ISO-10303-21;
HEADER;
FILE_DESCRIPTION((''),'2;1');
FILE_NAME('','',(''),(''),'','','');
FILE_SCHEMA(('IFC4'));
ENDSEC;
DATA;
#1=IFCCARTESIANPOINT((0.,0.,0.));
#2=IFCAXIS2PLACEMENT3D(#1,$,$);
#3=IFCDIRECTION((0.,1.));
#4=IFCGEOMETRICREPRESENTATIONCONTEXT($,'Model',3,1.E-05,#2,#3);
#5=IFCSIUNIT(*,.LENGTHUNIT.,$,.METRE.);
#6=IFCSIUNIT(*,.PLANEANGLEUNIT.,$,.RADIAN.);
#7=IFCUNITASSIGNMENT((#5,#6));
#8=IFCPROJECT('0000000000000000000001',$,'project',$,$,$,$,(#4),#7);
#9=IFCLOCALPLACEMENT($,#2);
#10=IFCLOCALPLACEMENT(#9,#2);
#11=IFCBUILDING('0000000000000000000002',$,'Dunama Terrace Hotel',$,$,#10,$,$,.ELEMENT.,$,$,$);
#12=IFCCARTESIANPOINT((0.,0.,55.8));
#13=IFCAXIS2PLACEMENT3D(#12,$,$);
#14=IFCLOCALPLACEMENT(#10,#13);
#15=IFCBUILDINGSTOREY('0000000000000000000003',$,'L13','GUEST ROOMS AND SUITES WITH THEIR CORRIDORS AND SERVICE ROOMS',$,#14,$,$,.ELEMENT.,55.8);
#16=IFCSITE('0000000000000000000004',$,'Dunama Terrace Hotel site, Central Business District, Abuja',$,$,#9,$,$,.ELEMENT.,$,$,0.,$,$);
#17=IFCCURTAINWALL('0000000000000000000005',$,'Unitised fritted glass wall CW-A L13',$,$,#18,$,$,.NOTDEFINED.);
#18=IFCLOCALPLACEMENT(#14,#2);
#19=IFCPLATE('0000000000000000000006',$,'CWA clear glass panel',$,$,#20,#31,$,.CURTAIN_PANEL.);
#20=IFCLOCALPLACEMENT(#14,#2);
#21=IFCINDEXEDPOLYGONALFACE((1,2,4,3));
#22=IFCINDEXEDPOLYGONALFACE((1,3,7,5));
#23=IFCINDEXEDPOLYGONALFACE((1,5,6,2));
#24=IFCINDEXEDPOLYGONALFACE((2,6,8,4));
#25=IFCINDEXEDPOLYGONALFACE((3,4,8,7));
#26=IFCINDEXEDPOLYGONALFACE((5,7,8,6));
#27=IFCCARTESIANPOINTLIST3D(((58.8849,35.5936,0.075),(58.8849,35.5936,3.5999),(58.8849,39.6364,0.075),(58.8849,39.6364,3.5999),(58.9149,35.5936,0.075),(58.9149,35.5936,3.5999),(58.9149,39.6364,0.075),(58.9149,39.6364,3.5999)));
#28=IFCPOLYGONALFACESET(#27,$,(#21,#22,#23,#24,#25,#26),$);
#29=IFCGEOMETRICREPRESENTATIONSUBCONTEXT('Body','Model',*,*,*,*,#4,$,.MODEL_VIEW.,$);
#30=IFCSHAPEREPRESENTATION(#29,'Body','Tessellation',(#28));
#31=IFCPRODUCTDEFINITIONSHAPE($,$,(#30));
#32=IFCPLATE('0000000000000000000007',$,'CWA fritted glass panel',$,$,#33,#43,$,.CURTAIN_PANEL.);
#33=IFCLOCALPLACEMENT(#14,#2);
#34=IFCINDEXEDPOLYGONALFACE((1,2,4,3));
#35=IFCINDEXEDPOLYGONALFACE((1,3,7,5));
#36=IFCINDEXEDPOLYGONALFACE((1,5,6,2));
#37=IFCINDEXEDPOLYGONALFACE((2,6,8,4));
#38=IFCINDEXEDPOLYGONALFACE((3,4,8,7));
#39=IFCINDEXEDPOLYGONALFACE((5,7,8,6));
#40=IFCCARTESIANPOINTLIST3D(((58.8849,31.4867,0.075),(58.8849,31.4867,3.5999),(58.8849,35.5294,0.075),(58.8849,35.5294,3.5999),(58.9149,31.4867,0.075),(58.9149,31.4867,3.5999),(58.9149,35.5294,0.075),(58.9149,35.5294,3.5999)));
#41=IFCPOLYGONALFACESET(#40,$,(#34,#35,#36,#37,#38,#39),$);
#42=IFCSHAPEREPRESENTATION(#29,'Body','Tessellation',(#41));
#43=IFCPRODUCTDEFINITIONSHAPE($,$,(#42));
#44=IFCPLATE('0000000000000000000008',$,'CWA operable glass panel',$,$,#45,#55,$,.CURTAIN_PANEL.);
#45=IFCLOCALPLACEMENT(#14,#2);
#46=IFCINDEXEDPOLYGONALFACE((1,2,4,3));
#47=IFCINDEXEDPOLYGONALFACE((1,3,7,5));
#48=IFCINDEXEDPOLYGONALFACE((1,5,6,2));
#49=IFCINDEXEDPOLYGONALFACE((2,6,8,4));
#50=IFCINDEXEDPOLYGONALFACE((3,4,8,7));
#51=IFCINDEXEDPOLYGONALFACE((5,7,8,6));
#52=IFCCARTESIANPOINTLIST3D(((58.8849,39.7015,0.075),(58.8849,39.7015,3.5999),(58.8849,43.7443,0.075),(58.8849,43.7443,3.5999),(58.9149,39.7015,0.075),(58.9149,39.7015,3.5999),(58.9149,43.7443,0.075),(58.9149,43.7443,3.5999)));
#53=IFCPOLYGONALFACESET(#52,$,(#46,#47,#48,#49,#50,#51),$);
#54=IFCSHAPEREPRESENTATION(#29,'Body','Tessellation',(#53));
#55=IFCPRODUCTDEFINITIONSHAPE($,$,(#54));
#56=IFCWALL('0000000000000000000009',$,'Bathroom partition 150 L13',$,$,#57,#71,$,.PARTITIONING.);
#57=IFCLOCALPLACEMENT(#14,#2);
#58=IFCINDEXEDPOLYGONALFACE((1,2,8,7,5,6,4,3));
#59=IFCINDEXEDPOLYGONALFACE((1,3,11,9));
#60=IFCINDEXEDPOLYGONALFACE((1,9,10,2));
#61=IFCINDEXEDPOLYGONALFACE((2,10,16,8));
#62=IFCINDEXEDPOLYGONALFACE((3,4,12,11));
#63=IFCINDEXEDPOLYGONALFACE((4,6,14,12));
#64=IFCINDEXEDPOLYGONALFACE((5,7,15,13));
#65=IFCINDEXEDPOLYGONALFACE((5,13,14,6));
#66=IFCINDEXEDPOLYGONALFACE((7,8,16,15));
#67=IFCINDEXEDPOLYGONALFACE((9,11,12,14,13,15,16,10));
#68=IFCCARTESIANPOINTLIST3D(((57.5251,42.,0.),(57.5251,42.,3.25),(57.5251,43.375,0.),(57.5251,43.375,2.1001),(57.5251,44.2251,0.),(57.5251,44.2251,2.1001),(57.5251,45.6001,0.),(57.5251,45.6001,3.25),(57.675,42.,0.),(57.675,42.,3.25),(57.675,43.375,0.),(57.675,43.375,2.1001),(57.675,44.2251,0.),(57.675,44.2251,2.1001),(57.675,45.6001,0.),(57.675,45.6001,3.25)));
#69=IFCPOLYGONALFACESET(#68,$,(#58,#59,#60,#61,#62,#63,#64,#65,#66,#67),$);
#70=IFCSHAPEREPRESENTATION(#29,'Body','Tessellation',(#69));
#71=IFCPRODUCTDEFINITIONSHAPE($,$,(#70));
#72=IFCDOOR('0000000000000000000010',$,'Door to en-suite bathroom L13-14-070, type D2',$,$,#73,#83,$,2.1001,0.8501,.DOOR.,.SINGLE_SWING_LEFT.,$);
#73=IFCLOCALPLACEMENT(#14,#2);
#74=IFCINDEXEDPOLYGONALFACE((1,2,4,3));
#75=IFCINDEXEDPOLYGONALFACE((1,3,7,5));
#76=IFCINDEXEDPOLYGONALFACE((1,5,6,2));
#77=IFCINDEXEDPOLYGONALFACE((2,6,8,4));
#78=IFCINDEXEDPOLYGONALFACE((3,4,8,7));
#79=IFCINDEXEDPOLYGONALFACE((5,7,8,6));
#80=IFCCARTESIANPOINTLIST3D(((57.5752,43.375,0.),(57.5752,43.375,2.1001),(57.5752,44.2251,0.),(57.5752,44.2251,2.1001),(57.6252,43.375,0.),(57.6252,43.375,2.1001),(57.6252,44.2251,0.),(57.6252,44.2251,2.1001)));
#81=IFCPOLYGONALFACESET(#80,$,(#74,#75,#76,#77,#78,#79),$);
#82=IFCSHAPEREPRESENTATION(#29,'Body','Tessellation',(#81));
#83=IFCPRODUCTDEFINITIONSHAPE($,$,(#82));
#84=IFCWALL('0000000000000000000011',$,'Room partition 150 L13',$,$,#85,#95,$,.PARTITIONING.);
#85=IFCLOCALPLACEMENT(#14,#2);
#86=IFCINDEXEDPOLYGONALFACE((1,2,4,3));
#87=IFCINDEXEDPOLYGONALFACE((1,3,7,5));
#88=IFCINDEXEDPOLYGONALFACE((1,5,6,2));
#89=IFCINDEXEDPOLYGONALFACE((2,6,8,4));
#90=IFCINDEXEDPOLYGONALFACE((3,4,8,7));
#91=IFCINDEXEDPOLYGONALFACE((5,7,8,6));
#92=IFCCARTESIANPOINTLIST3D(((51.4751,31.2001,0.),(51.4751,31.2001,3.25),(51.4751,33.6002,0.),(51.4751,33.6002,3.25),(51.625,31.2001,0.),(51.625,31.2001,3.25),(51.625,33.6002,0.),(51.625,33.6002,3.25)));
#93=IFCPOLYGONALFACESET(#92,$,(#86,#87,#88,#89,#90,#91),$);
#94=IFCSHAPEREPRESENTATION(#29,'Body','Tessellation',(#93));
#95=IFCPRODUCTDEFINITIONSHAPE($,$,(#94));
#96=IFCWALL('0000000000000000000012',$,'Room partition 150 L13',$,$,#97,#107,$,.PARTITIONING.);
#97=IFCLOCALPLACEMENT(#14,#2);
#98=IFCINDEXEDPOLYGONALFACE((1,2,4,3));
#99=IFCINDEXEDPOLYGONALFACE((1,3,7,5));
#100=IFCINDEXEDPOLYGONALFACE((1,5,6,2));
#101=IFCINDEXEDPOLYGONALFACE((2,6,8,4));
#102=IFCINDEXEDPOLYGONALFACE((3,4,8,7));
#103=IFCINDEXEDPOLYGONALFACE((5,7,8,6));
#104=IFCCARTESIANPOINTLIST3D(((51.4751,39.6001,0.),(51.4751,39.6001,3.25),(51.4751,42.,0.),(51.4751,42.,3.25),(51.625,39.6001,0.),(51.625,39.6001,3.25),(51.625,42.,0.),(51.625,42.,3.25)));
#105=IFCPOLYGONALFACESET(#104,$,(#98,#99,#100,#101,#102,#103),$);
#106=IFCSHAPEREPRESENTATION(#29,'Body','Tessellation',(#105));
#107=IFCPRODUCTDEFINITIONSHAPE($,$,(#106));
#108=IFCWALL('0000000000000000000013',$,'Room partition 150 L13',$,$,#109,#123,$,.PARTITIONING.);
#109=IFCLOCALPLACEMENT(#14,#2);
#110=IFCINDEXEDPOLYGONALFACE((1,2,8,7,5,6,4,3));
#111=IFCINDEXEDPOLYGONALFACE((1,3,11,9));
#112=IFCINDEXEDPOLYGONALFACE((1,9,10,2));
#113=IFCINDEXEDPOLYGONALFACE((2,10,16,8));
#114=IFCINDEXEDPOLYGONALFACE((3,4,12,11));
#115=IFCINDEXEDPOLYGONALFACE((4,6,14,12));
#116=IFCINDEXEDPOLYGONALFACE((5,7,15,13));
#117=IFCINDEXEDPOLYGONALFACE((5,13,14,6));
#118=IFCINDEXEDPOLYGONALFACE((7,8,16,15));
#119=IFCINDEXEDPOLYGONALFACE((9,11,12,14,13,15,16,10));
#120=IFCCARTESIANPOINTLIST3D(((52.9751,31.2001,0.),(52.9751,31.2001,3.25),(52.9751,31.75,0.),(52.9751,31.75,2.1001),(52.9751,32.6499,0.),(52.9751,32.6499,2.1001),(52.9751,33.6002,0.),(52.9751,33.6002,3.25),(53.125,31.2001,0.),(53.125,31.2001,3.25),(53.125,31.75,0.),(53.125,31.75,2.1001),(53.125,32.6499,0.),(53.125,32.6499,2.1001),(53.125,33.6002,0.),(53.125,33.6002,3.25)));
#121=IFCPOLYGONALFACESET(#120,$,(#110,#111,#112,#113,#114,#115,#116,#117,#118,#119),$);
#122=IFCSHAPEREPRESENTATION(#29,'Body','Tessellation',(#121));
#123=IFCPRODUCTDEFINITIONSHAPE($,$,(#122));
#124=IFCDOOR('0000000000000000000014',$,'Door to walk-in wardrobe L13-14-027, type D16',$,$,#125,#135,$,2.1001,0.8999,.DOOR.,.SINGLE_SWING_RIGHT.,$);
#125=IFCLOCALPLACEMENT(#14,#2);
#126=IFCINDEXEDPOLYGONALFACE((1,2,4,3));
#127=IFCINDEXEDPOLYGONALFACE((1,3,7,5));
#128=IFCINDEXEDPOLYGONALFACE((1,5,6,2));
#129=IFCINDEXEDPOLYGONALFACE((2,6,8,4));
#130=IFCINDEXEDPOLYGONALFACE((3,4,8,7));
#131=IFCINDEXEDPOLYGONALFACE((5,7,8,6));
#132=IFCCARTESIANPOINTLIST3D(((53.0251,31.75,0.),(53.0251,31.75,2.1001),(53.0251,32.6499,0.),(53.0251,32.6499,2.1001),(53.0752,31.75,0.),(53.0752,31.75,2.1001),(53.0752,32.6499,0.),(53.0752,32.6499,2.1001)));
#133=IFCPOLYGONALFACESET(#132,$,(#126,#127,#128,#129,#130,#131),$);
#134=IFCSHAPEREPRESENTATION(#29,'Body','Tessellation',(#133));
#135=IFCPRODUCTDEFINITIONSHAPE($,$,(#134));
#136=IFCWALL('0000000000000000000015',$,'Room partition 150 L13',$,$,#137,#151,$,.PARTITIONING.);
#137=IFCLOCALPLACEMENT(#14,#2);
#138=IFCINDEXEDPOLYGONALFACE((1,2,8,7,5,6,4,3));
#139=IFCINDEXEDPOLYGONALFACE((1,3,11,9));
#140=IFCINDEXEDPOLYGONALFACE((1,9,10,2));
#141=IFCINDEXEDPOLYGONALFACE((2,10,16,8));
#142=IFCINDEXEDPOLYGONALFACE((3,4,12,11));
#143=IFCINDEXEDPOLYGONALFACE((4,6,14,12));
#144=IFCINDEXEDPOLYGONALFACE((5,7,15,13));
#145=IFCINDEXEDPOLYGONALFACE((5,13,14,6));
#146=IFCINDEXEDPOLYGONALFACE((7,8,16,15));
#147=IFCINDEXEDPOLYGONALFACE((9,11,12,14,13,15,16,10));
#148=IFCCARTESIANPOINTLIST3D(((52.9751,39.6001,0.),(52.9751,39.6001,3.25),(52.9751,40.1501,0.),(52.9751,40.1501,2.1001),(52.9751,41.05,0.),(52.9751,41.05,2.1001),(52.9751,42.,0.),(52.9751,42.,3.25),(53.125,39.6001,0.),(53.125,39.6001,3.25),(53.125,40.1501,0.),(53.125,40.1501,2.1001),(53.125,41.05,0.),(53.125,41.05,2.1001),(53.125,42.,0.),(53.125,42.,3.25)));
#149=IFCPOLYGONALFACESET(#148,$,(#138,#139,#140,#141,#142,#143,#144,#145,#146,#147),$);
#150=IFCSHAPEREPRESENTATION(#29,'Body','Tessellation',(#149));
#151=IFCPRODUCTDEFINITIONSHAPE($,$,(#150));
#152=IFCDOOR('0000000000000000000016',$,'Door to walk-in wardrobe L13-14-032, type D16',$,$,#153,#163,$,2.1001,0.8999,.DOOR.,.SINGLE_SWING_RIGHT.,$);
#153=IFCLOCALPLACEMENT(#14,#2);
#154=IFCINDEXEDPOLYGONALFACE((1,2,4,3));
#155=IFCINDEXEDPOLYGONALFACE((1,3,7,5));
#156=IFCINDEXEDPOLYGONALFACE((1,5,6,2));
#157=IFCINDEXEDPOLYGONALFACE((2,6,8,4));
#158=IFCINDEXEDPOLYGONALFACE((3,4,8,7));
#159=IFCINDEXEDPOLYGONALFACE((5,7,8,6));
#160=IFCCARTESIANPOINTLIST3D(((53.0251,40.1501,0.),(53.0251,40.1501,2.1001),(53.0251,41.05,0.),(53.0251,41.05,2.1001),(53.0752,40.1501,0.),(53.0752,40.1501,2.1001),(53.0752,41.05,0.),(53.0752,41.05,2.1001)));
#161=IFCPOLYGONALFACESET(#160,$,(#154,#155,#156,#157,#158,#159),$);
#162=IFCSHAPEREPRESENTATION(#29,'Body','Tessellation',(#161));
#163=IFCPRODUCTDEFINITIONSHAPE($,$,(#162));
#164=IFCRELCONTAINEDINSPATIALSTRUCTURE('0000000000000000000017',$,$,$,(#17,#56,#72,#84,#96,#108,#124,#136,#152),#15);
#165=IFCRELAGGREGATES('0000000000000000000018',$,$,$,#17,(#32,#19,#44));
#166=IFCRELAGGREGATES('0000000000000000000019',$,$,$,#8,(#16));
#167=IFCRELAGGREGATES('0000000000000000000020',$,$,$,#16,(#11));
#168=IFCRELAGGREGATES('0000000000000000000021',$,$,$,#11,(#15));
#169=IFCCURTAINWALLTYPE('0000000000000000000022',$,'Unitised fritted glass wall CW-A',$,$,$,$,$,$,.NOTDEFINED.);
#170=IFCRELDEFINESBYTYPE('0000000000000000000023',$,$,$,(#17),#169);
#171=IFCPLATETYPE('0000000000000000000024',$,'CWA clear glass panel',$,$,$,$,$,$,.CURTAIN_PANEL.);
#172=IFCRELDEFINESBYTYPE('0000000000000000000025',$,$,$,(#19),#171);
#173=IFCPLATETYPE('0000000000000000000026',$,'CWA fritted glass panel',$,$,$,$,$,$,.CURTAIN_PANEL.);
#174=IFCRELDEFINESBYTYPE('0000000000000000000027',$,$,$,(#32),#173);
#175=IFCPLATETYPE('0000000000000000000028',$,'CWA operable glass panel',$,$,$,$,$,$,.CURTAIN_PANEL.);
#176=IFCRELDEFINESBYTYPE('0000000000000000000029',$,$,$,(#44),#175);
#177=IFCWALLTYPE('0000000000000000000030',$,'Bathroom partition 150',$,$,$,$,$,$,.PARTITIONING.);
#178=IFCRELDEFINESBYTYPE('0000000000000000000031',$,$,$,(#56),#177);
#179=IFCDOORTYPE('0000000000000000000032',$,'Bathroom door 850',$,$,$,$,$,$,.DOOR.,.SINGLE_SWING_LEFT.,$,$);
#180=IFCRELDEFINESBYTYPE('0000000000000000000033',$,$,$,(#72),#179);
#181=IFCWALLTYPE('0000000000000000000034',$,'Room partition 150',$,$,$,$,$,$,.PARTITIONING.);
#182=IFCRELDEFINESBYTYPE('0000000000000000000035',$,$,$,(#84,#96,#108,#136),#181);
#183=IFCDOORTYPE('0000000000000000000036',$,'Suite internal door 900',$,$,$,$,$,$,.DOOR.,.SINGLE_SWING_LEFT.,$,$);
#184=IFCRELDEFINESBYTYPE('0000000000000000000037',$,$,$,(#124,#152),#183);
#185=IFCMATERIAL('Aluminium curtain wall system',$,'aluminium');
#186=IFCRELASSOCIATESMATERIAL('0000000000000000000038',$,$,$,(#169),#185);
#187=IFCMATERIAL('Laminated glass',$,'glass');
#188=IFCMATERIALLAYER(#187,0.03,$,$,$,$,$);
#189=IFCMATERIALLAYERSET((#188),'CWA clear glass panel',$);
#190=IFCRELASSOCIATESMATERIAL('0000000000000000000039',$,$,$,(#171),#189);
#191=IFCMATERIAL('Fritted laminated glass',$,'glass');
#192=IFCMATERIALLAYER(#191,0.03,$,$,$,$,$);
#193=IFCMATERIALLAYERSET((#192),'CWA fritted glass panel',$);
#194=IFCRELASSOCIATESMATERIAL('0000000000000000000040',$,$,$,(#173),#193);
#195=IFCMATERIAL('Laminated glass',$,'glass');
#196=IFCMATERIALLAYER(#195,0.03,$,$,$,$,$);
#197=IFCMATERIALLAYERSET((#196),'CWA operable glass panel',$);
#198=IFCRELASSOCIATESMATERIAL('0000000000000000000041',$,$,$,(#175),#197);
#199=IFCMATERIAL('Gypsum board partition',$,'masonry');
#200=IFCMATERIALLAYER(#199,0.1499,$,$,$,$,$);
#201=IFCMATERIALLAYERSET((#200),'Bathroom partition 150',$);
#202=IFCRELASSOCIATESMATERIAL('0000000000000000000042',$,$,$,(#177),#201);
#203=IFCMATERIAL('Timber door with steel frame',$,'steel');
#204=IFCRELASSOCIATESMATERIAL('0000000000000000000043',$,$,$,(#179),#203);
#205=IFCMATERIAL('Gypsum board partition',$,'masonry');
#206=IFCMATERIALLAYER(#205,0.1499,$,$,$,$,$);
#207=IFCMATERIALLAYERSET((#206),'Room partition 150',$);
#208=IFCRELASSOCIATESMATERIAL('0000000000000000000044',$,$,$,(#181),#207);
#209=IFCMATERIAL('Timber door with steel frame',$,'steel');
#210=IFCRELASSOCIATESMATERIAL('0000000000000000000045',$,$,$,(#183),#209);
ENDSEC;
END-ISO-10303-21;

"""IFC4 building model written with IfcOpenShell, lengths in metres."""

from ifc_helpers import new_model, si_unit, direction, frame, frame_2d, origin, origin_2d, place, context, subcontext, project, spatial, rectangle, extrude, material, layer, layer_set, type_object, element, fill, aggregate, save


model = new_model("IFC4")

# Units and contexts
model_context = context("Model", 3, precision=1e-05, world=origin(), true_north=direction((0.0, 1.0)))
body_context = subcontext(model_context, "Body", "Model", "MODEL_VIEW")
ifc_project = project(units=[si_unit("LENGTHUNIT", "METRE"), si_unit("PLANEANGLEUNIT", "RADIAN")], contexts=[model_context])

# Site, building, storey
site_placement = place(None, origin())
site = spatial("IfcSite", under=ifc_project, at=site_placement, Name="Dunama Terrace Hotel site, Central Business District, Abuja", CompositionType="ELEMENT", RefElevation=0.0)
building_placement = place(site_placement, origin())
building = spatial("IfcBuilding", under=site, at=building_placement, Name="Dunama Terrace Hotel", CompositionType="ELEMENT")
storey_placement = place(building_placement, frame((0.0, 0.0, 55.8)))
storey = spatial("IfcBuildingStorey", under=building, at=storey_placement, Name="L13", Description="GUEST ROOMS AND SUITES WITH THEIR CORRIDORS AND SERVICE ROOMS", CompositionType="ELEMENT", Elevation=55.8)

# Curtain wall
ifc_material_1 = material(Name="Aluminium curtain wall system", Category="aluminium")
curtain_wall_type = type_object("IfcCurtainWallType", Name="Unitised fritted glass wall CW-A", PredefinedType="NOTDEFINED", material=ifc_material_1)
curtain_wall_placement = place(storey_placement, origin())
curtain_wall = element("IfcCurtainWall", 1, at=curtain_wall_placement, inside=storey, type_object=curtain_wall_type, Name="Unitised fritted glass wall CW-A L13", PredefinedType="NOTDEFINED")

# Plates
ifc_material_2 = material(Name="Laminated glass", Category="glass")
ifc_layer_1 = layer(ifc_material_2, 0.03)
ifc_layer_set_1 = layer_set([ifc_layer_1], Name="CWA clear glass panel")
plate_type_1 = type_object("IfcPlateType", Name="CWA clear glass panel", PredefinedType="CURTAIN_PANEL", material=ifc_layer_set_1)
plate_1_placement = place(storey_placement, frame((58.8999, 37.615, 0.075), z_axis=(0.0, 0.0, 1.0), x_axis=(0.0, 1.0, 0.0)))
plate_1 = element("IfcPlate", 2, at=plate_1_placement, type_object=plate_type_1, Name="CWA clear glass panel", PredefinedType="CURTAIN_PANEL", context=body_context, shape_type="SweptSolid", body=[
    extrude(rectangle(XDim=4.0427, YDim=0.03, at=origin_2d()), origin(), (0.0, 0.0, 1.0), 3.5249),
])
ifc_material_3 = material(Name="Fritted laminated glass", Category="glass")
ifc_layer_2 = layer(ifc_material_3, 0.03)
ifc_layer_set_2 = layer_set([ifc_layer_2], Name="CWA fritted glass panel")
plate_type_2 = type_object("IfcPlateType", Name="CWA fritted glass panel", PredefinedType="CURTAIN_PANEL", material=ifc_layer_set_2)
plate_2_placement = place(storey_placement, frame((58.8999, 33.5081, 0.075), z_axis=(0.0, 0.0, 1.0), x_axis=(0.0, 1.0, 0.0)))
plate_2 = element("IfcPlate", 3, at=plate_2_placement, type_object=plate_type_2, Name="CWA fritted glass panel", PredefinedType="CURTAIN_PANEL", context=body_context, shape_type="SweptSolid", body=[
    extrude(rectangle(XDim=4.0427, YDim=0.03, at=origin_2d()), origin(), (0.0, 0.0, 1.0), 3.5249),
])
ifc_material_4 = material(Name="Laminated glass", Category="glass")
ifc_layer_3 = layer(ifc_material_4, 0.03)
ifc_layer_set_3 = layer_set([ifc_layer_3], Name="CWA operable glass panel")
plate_type_3 = type_object("IfcPlateType", Name="CWA operable glass panel", PredefinedType="CURTAIN_PANEL", material=ifc_layer_set_3)
plate_3_placement = place(storey_placement, frame((58.8999, 41.7229, 0.075), z_axis=(0.0, 0.0, 1.0), x_axis=(0.0, 1.0, 0.0)))
plate_3 = element("IfcPlate", 4, at=plate_3_placement, type_object=plate_type_3, Name="CWA operable glass panel", PredefinedType="CURTAIN_PANEL", context=body_context, shape_type="SweptSolid", body=[
    extrude(rectangle(XDim=4.0427, YDim=0.03, at=origin_2d()), origin(), (0.0, 0.0, 1.0), 3.5249),
])
aggregate(curtain_wall, [plate_2, plate_1, plate_3])

# Wall, opening, door
ifc_material_5 = material(Name="Gypsum board partition", Category="masonry")
ifc_layer_4 = layer(ifc_material_5, 0.1499)
ifc_layer_set_4 = layer_set([ifc_layer_4], Name="Bathroom partition 150")
wall_type_1 = type_object("IfcWallType", Name="Bathroom partition 150", PredefinedType="PARTITIONING", material=ifc_layer_set_4)
wall_1_placement = place(storey_placement, frame((57.6001, 42.0, 0.0), z_axis=(0.0, 0.0, 1.0), x_axis=(0.0, 1.0, 0.0)))
wall_1 = element("IfcWall", 5, at=wall_1_placement, inside=storey, type_object=wall_type_1, Name="Bathroom partition 150 L13", PredefinedType="PARTITIONING", context=body_context, shape_type="SweptSolid", body=[
    extrude(rectangle(XDim=3.6001, YDim=0.1499, at=frame_2d((1.8, 0.0))), origin(), (0.0, 0.0, 1.0), 3.25),
])
opening_1_placement = place(wall_1_placement, frame((1.375, 0.0, 0.0)))
opening_1 = element("IfcOpeningElement", 6, at=opening_1_placement, cuts=wall_1, PredefinedType="OPENING", context=body_context, shape_type="SweptSolid", body=[
    extrude(rectangle(XDim=0.8501, YDim=2.1001, at=frame_2d((0.425, 1.05))), frame((0.0, 0.085, 0.0), z_axis=(0.0, -1.0, 0.0), x_axis=(1.0, 0.0, 0.0)), (0.0, 0.0, 1.0), 0.1699),
])
ifc_material_6 = material(Name="Timber door with steel frame", Category="steel")
door_type_1 = type_object("IfcDoorType", Name="Bathroom door 850", OperationType="SINGLE_SWING_LEFT", PredefinedType="DOOR", material=ifc_material_6)
door_1_placement = place(opening_1_placement, origin())
door_1 = element("IfcDoor", 7, at=door_1_placement, inside=storey, type_object=door_type_1, Name="Door to en-suite bathroom L13-14-070, type D2", OperationType="SINGLE_SWING_LEFT", OverallHeight=2.1001, OverallWidth=0.8501, PredefinedType="DOOR", context=body_context, shape_type="SweptSolid", body=[
    extrude(rectangle(XDim=0.8501, YDim=2.1001, at=frame_2d((0.425, 1.05))), frame((0.0, 0.0249, 0.0), z_axis=(0.0, -1.0, 0.0), x_axis=(1.0, 0.0, 0.0)), (0.0, 0.0, 1.0), 0.05),
])
fill(opening_1, door_1)

# Walls
ifc_material_7 = material(Name="Gypsum board partition", Category="masonry")
ifc_layer_5 = layer(ifc_material_7, 0.1499)
ifc_layer_set_5 = layer_set([ifc_layer_5], Name="Room partition 150")
wall_type_2 = type_object("IfcWallType", Name="Room partition 150", PredefinedType="PARTITIONING", material=ifc_layer_set_5)
wall_2_placement = place(storey_placement, frame((51.55, 31.2, 0.0), z_axis=(0.0, 0.0, 1.0), x_axis=(0.0, 1.0, 0.0)))
element("IfcWall", 8, at=wall_2_placement, inside=storey, type_object=wall_type_2, Name="Room partition 150 L13", PredefinedType="PARTITIONING", context=body_context, shape_type="SweptSolid", body=[
    extrude(rectangle(XDim=2.4001, YDim=0.1499, at=frame_2d((1.2002, 0.0))), origin(), (0.0, 0.0, 1.0), 3.25),
])
wall_3_placement = place(storey_placement, frame((51.55, 39.6001, 0.0), z_axis=(0.0, 0.0, 1.0), x_axis=(0.0, 1.0, 0.0)))
element("IfcWall", 9, at=wall_3_placement, inside=storey, type_object=wall_type_2, Name="Room partition 150 L13", PredefinedType="PARTITIONING", context=body_context, shape_type="SweptSolid", body=[
    extrude(rectangle(XDim=2.3999, YDim=0.1499, at=frame_2d((1.2, 0.0))), origin(), (0.0, 0.0, 1.0), 3.25),
])

# Walls, openings, doors
wall_4_placement = place(storey_placement, frame((53.05, 31.2, 0.0), z_axis=(0.0, 0.0, 1.0), x_axis=(0.0, 1.0, 0.0)))
wall_4 = element("IfcWall", 10, at=wall_4_placement, inside=storey, type_object=wall_type_2, Name="Room partition 150 L13", PredefinedType="PARTITIONING", context=body_context, shape_type="SweptSolid", body=[
    extrude(rectangle(XDim=2.4001, YDim=0.1499, at=frame_2d((1.2002, 0.0))), origin(), (0.0, 0.0, 1.0), 3.25),
])
opening_2_placement = place(wall_4_placement, frame((0.55, 0.0, 0.0)))
opening_2 = element("IfcOpeningElement", 11, at=opening_2_placement, cuts=wall_4, PredefinedType="OPENING", context=body_context, shape_type="SweptSolid", body=[
    extrude(rectangle(XDim=0.8999, YDim=2.1001, at=frame_2d((0.45, 1.05))), frame((0.0, 0.085, 0.0), z_axis=(0.0, -1.0, 0.0), x_axis=(1.0, 0.0, 0.0)), (0.0, 0.0, 1.0), 0.1699),
])
ifc_material_8 = material(Name="Timber door with steel frame", Category="steel")
door_type_2 = type_object("IfcDoorType", Name="Suite internal door 900", OperationType="SINGLE_SWING_LEFT", PredefinedType="DOOR", material=ifc_material_8)
door_2_placement = place(opening_2_placement, origin())
door_2 = element("IfcDoor", 12, at=door_2_placement, inside=storey, type_object=door_type_2, Name="Door to walk-in wardrobe L13-14-027, type D16", OperationType="SINGLE_SWING_RIGHT", OverallHeight=2.1001, OverallWidth=0.8999, PredefinedType="DOOR", context=body_context, shape_type="SweptSolid", body=[
    extrude(rectangle(XDim=0.8999, YDim=2.1001, at=frame_2d((0.45, 1.05))), frame((0.0, 0.0249, 0.0), z_axis=(0.0, -1.0, 0.0), x_axis=(1.0, 0.0, 0.0)), (0.0, 0.0, 1.0), 0.05),
])
fill(opening_2, door_2)
wall_5_placement = place(storey_placement, frame((53.05, 39.6001, 0.0), z_axis=(0.0, 0.0, 1.0), x_axis=(0.0, 1.0, 0.0)))
wall_5 = element("IfcWall", 13, at=wall_5_placement, inside=storey, type_object=wall_type_2, Name="Room partition 150 L13", PredefinedType="PARTITIONING", context=body_context, shape_type="SweptSolid", body=[
    extrude(rectangle(XDim=2.3999, YDim=0.1499, at=frame_2d((1.2, 0.0))), origin(), (0.0, 0.0, 1.0), 3.25),
])
opening_3_placement = place(wall_5_placement, frame((0.55, 0.0, 0.0)))
opening_3 = element("IfcOpeningElement", 14, at=opening_3_placement, cuts=wall_5, PredefinedType="OPENING", context=body_context, shape_type="SweptSolid", body=[
    extrude(rectangle(XDim=0.8999, YDim=2.1001, at=frame_2d((0.45, 1.05))), frame((0.0, 0.085, 0.0), z_axis=(0.0, -1.0, 0.0), x_axis=(1.0, 0.0, 0.0)), (0.0, 0.0, 1.0), 0.1699),
])
door_3_placement = place(opening_3_placement, origin())
door_3 = element("IfcDoor", 15, at=door_3_placement, inside=storey, type_object=door_type_2, Name="Door to walk-in wardrobe L13-14-032, type D16", OperationType="SINGLE_SWING_RIGHT", OverallHeight=2.1001, OverallWidth=0.8999, PredefinedType="DOOR", context=body_context, shape_type="SweptSolid", body=[
    extrude(rectangle(XDim=0.8999, YDim=2.1001, at=frame_2d((0.45, 1.05))), frame((0.0, 0.0249, 0.0), z_axis=(0.0, -1.0, 0.0), x_axis=(1.0, 0.0, 0.0)), (0.0, 0.0, 1.0), 0.05),
])
fill(opening_3, door_3)

save(model, "model.ifc")
